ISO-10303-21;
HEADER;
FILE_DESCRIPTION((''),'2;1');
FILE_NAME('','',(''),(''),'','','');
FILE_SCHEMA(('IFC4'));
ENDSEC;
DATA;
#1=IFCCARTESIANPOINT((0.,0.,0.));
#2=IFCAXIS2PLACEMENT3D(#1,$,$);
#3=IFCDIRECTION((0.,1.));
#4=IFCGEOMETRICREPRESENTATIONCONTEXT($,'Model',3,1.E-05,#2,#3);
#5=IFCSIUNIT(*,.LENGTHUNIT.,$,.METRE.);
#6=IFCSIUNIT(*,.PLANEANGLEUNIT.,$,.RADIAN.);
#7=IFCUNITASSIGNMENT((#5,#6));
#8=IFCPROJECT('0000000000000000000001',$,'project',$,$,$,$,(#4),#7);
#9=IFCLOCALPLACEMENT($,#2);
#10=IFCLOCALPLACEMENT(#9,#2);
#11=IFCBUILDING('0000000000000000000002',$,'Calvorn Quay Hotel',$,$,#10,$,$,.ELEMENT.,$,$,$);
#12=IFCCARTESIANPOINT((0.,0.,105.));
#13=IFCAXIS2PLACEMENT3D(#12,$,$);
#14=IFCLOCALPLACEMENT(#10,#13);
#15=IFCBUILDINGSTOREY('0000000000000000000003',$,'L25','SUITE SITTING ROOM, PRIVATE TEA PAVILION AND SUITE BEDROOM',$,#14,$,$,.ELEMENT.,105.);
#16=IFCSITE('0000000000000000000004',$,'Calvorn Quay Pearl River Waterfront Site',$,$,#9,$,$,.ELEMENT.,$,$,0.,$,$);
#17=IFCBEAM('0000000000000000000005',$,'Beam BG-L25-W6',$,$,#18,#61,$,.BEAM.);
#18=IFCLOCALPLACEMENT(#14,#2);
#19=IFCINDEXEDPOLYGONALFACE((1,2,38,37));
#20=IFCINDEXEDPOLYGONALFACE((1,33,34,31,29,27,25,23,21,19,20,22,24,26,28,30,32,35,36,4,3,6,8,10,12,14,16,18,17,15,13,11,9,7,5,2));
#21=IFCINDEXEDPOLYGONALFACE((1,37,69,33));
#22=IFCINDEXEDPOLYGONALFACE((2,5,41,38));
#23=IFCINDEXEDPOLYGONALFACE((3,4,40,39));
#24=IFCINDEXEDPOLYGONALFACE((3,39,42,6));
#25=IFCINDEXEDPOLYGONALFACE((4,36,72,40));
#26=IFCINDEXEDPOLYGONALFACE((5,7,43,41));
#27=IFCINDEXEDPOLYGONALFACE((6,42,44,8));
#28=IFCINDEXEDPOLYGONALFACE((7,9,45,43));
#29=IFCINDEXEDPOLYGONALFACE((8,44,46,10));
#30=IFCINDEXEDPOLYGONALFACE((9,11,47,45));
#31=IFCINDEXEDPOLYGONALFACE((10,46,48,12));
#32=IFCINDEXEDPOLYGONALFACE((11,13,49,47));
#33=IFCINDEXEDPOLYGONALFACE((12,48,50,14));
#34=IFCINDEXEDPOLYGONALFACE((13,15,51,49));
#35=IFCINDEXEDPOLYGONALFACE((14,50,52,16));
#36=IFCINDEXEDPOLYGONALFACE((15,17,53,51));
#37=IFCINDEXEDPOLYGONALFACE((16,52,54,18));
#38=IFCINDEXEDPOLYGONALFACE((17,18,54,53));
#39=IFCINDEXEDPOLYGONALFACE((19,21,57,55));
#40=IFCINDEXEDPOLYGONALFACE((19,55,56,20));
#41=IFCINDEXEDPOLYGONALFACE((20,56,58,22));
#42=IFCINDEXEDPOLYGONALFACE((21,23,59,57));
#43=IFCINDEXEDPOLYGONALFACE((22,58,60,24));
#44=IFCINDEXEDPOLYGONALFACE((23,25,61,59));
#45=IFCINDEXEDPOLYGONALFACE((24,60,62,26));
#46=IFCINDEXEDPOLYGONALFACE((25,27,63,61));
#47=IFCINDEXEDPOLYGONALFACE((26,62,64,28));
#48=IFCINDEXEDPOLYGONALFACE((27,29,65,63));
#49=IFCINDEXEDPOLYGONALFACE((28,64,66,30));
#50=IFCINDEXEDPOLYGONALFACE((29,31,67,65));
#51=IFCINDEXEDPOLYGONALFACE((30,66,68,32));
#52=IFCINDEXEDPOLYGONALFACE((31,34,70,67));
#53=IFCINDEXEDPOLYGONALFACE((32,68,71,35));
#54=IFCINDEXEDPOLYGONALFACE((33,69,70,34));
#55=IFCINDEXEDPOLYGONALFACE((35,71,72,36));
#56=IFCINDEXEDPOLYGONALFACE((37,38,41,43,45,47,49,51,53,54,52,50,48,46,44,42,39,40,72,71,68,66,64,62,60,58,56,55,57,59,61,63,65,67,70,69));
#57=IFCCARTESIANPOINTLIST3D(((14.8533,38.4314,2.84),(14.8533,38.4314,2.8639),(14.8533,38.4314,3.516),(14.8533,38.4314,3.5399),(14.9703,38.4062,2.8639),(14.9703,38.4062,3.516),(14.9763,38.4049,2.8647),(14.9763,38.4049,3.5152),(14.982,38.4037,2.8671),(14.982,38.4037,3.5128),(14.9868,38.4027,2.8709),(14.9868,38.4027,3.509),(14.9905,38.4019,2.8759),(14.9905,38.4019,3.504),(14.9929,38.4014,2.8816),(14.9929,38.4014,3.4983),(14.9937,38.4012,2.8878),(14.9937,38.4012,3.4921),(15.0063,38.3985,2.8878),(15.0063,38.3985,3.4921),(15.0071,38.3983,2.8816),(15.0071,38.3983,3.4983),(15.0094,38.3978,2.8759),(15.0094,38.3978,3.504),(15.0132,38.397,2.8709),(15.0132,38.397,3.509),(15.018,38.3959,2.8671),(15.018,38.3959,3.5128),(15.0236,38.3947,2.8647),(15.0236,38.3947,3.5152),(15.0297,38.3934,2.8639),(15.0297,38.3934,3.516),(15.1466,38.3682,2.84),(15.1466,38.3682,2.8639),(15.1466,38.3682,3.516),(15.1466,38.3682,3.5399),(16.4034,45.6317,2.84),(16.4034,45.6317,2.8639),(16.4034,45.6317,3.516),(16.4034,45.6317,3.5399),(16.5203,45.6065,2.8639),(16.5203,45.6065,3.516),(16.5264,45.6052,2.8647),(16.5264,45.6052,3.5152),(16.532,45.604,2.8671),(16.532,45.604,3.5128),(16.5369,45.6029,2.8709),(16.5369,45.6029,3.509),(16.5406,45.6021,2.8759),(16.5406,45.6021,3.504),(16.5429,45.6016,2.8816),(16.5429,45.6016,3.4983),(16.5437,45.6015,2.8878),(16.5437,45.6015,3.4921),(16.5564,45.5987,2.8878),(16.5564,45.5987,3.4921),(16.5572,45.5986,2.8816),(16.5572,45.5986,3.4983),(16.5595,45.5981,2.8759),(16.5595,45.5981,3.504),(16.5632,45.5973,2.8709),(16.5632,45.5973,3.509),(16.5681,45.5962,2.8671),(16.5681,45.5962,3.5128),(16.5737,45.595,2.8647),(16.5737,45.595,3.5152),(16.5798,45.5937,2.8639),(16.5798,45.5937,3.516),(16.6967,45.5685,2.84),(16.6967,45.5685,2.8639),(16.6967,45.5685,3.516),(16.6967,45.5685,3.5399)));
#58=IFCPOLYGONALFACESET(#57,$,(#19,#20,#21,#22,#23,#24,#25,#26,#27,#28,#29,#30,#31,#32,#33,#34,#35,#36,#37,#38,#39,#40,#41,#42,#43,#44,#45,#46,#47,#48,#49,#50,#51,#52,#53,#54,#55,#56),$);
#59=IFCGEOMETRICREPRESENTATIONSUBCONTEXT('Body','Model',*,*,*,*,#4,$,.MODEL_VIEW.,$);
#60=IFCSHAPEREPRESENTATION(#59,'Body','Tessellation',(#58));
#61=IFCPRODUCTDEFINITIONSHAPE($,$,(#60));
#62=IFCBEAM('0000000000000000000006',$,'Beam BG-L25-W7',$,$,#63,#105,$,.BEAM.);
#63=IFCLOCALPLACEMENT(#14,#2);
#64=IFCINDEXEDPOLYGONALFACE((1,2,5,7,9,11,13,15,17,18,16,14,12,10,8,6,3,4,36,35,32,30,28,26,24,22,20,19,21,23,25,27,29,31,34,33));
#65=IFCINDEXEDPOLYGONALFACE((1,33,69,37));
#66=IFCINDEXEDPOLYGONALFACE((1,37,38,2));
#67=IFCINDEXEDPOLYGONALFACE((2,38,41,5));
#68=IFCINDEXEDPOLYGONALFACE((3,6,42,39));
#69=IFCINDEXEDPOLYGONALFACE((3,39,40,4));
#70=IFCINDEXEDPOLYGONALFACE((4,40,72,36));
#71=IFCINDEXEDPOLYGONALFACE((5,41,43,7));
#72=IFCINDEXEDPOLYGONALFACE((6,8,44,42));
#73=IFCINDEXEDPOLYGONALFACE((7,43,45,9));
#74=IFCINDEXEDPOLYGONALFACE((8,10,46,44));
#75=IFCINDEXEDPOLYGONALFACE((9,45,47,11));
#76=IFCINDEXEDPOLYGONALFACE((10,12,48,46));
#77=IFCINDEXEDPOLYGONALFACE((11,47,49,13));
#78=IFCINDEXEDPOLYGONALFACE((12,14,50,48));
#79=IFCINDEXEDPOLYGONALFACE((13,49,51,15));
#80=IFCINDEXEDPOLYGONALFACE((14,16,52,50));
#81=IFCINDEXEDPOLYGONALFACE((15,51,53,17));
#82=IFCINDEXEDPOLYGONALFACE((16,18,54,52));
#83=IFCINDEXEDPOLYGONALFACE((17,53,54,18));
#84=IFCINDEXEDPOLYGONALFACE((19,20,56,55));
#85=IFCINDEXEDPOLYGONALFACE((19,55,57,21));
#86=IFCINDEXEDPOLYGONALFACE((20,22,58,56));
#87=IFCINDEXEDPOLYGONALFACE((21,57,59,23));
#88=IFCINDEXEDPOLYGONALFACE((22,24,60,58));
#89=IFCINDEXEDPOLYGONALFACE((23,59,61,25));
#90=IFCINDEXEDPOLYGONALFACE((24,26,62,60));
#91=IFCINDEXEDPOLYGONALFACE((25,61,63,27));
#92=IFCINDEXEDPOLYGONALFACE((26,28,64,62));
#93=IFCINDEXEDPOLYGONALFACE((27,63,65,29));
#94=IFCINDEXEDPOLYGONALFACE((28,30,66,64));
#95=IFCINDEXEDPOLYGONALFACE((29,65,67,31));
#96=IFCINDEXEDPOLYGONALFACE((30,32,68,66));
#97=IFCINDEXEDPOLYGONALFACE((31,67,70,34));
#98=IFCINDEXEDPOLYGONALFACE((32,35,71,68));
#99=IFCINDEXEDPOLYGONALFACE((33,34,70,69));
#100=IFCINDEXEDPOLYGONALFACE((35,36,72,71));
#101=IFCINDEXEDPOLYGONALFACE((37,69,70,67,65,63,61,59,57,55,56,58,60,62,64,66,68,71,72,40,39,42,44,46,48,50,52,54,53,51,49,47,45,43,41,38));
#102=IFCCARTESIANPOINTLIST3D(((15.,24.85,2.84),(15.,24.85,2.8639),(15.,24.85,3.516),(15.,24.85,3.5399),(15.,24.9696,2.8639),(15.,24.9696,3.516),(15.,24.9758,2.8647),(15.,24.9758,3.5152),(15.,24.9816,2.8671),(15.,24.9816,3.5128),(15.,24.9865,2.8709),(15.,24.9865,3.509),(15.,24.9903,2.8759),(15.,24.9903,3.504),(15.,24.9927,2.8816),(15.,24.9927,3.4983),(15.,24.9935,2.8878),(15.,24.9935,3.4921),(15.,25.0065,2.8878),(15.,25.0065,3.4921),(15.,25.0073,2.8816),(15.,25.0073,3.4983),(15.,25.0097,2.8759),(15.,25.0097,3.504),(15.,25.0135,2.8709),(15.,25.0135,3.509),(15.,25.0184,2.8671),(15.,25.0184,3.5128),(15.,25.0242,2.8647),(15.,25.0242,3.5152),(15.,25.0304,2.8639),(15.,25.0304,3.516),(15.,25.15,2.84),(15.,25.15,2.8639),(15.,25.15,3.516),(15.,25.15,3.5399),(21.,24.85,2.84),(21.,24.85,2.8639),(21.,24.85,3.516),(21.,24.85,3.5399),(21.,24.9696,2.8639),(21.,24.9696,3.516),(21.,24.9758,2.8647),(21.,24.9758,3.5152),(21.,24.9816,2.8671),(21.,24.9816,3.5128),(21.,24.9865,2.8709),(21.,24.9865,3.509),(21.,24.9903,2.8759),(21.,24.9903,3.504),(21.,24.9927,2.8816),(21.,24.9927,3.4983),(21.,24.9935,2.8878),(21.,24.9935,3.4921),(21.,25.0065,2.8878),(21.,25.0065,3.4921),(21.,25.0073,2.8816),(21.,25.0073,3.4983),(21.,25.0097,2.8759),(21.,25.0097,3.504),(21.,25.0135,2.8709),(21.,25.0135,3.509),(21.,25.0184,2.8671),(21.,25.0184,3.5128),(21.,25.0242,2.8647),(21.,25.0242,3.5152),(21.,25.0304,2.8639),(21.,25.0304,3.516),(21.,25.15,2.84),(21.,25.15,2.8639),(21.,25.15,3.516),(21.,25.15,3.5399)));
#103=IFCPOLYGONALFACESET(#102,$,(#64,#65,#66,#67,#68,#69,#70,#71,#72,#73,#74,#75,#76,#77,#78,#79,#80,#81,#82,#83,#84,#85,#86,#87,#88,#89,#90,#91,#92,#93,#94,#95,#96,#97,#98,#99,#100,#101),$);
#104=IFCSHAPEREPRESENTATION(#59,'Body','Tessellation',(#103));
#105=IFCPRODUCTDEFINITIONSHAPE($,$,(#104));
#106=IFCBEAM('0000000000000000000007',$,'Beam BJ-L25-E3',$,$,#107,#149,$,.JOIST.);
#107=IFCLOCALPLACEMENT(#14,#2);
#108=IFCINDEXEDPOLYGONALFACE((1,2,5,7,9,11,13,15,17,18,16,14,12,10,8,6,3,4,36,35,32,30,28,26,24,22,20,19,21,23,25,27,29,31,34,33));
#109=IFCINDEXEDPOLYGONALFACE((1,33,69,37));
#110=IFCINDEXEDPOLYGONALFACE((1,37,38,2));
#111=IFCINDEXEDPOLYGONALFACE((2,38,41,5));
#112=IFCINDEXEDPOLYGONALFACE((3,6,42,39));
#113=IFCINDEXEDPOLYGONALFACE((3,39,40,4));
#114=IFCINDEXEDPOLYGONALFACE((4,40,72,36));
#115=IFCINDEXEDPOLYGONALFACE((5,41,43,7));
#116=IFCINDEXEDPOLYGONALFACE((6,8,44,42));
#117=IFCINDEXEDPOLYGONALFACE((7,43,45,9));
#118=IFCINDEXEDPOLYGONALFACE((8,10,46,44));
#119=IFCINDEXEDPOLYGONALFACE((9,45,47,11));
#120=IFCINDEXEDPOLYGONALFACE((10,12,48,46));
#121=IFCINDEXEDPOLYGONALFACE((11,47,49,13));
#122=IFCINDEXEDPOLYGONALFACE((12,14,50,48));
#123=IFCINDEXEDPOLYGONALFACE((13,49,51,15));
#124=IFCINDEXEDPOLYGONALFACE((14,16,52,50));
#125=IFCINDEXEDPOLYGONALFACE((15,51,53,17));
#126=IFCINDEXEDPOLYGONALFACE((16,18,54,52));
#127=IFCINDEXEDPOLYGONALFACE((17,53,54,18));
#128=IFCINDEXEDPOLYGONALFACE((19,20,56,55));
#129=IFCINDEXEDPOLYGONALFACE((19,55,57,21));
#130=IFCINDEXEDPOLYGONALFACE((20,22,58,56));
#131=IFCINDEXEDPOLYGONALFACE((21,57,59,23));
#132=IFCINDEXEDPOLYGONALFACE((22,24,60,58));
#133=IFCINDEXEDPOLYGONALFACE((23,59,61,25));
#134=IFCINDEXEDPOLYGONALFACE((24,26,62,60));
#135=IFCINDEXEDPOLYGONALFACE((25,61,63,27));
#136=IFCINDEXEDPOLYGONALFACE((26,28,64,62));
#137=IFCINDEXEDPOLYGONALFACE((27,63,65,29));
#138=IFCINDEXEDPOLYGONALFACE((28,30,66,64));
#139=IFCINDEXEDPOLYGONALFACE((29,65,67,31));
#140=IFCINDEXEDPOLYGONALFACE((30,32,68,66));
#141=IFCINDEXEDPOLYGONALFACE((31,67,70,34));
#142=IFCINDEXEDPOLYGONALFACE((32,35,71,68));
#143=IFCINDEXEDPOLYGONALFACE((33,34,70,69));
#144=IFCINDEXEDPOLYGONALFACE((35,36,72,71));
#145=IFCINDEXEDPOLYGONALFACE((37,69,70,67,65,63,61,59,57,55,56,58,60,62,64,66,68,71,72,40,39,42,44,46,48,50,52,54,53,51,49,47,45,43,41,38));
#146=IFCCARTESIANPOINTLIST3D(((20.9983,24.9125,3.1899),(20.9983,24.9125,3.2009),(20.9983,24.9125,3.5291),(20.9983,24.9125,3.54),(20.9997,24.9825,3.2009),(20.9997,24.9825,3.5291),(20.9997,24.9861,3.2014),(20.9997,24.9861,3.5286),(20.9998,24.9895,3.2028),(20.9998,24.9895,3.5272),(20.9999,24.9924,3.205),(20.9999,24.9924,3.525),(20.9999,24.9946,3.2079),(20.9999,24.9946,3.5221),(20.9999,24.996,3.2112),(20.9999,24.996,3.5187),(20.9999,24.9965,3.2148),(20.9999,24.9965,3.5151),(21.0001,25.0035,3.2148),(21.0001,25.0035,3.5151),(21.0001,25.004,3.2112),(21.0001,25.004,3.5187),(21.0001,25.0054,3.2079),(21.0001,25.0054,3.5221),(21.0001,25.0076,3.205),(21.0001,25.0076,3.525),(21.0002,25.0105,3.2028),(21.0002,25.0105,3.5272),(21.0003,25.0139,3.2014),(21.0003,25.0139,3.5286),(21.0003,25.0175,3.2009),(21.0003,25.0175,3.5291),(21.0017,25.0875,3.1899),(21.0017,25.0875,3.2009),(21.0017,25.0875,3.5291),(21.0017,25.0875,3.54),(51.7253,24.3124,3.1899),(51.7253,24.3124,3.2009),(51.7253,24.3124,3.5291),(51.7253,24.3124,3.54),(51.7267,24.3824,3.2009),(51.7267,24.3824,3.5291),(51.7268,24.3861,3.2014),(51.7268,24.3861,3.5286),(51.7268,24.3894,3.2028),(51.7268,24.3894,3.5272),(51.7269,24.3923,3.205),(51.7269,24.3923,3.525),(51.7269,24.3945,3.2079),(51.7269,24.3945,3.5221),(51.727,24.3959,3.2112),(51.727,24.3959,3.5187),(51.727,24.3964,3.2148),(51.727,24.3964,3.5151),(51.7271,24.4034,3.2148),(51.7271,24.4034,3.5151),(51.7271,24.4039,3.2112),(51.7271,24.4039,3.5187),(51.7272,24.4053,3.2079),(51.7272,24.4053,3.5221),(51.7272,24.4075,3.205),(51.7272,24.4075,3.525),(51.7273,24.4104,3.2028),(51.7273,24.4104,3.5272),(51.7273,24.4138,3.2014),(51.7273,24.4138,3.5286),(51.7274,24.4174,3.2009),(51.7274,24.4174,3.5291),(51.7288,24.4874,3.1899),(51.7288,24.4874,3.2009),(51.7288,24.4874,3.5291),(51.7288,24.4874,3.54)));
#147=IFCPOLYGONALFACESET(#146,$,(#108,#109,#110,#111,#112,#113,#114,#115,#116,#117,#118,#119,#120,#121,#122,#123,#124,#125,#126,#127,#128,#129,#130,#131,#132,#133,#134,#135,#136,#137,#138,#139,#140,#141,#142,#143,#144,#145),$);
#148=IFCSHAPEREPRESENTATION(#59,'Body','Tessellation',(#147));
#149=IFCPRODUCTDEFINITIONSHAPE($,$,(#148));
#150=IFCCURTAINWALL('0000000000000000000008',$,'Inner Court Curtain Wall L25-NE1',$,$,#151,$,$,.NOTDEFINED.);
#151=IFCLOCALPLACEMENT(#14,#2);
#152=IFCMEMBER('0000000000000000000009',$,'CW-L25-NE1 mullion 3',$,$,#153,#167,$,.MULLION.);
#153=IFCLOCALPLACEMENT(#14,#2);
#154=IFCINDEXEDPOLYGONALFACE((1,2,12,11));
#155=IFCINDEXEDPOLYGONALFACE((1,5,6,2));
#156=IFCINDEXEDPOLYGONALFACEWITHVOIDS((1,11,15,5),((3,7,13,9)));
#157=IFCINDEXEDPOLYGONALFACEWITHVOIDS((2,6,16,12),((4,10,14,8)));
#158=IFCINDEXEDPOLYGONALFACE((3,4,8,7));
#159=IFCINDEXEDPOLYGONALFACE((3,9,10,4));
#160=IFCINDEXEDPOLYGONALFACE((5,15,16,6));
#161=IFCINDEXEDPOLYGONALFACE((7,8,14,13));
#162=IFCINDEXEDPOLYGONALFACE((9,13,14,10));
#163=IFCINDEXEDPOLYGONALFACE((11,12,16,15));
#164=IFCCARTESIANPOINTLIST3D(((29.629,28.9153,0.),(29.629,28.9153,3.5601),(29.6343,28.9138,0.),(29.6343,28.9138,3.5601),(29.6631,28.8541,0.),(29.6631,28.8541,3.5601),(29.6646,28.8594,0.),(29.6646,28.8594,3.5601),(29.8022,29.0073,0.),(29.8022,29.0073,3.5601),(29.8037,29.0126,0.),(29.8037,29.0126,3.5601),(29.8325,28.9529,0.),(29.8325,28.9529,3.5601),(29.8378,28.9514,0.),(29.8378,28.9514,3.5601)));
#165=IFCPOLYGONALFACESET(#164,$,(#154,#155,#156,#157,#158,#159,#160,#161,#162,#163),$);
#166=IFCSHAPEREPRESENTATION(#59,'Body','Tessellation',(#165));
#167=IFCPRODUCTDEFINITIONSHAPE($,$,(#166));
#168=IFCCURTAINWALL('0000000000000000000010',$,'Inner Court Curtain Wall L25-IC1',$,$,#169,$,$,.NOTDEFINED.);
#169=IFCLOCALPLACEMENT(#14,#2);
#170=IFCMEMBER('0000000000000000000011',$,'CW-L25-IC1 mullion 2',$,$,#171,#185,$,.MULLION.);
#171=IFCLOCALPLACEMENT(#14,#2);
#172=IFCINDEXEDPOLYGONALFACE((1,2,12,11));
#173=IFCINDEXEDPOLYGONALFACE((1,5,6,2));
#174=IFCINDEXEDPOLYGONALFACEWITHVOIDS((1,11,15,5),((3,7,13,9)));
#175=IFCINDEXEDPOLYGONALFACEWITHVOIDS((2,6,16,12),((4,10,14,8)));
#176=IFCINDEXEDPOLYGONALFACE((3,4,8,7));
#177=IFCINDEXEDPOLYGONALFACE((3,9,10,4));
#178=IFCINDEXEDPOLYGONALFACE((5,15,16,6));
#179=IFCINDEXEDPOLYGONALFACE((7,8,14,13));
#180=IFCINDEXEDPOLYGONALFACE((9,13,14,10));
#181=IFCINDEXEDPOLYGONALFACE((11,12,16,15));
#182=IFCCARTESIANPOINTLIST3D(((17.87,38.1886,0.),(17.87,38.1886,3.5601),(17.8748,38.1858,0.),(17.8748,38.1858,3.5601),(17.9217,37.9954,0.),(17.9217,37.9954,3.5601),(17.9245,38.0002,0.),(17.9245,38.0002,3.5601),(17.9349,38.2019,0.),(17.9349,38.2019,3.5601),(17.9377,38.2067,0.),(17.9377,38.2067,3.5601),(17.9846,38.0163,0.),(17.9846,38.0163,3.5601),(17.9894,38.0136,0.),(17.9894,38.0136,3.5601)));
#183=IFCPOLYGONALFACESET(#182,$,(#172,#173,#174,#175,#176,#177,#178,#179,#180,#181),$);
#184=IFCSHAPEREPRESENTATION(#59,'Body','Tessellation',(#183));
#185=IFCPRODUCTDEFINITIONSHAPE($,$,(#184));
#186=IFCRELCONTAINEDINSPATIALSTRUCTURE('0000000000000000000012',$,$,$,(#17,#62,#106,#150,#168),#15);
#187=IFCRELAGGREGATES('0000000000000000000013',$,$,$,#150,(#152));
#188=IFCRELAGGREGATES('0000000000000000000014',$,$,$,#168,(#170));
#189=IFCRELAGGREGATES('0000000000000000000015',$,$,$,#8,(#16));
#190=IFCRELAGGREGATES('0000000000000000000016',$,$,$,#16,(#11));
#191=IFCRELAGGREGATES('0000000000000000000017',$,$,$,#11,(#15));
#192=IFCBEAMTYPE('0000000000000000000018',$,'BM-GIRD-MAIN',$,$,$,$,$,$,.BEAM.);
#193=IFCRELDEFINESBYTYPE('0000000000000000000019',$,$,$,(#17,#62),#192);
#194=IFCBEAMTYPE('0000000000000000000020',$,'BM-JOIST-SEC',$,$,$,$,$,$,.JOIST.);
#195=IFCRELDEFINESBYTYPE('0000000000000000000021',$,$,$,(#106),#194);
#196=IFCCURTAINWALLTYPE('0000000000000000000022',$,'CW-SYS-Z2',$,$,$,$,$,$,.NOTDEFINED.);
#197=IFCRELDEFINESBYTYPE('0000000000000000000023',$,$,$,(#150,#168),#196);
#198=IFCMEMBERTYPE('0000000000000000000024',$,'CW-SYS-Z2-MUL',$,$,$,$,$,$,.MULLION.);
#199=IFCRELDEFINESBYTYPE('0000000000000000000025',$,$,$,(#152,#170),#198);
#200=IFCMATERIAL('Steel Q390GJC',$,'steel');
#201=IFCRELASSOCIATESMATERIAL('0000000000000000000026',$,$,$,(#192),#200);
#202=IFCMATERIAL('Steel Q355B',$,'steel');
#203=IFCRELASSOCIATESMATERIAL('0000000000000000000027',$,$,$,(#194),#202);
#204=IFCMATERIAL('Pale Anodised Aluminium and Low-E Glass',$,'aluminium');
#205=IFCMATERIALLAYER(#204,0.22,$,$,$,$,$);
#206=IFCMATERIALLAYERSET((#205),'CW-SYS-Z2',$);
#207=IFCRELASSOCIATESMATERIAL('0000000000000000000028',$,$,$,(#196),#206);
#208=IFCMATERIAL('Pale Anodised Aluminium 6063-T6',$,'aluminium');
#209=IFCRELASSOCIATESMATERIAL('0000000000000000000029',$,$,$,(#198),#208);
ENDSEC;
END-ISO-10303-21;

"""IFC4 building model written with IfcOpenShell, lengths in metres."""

from ifc_helpers import new_model, si_unit, direction, frame, origin, origin_2d, place, context, subcontext, project, spatial, hollow_rectangle, i_section, extrude, material, layer, layer_set, material_profile, profile_set, type_object, element, aggregate, save


model = new_model("IFC4")

# Units and contexts
model_context = context("Model", 3, precision=1e-05, world=origin(), true_north=direction((0.0, 1.0)))
body_context = subcontext(model_context, "Body", "Model", "MODEL_VIEW")
ifc_project = project(units=[si_unit("LENGTHUNIT", "METRE"), si_unit("PLANEANGLEUNIT", "RADIAN")], contexts=[model_context])

# Site, building, storey
site_placement = place(None, origin())
site = spatial("IfcSite", under=ifc_project, at=site_placement, Name="Calvorn Quay Pearl River Waterfront Site", CompositionType="ELEMENT", RefElevation=0.0)
building_placement = place(site_placement, origin())
building = spatial("IfcBuilding", under=site, at=building_placement, Name="Calvorn Quay Hotel", CompositionType="ELEMENT")
storey_placement = place(building_placement, frame((0.0, 0.0, 105.0)))
storey = spatial("IfcBuildingStorey", under=building, at=storey_placement, Name="L25", Description="SUITE SITTING ROOM, PRIVATE TEA PAVILION AND SUITE BEDROOM", CompositionType="ELEMENT", Elevation=105.0)

# Beams
ifc_material_1 = material(Name="Steel Q390GJC", Category="steel")
ifc_material_profile_1 = material_profile(ifc_material_1, i_section(OverallWidth=0.3, OverallDepth=0.7, WebThickness=0.0129, FlangeThickness=0.0239, FilletRadius=0.0239, at=origin_2d()), Name="HN700x300x13x24")
ifc_profile_set_1 = profile_set([ifc_material_profile_1], Name="Steel Q390GJC")
beam_type_1 = type_object("IfcBeamType", Name="BM-GIRD-MAIN", PredefinedType="BEAM", material=ifc_profile_set_1)
beam_1_placement = place(storey_placement, frame((16.55, 45.6001, 3.1899), z_axis=(-0.210457, -0.977603, 0.0), x_axis=(0.977603, -0.210457, 0.0)))
element("IfcBeam", 1, at=beam_1_placement, inside=storey, type_object=beam_type_1, Name="Beam BG-L25-W6", PredefinedType="BEAM", context=body_context, shape_type="SweptSolid", body=[
    extrude(i_section(OverallWidth=0.3, OverallDepth=0.7, WebThickness=0.0129, FlangeThickness=0.0239, FilletRadius=0.0239, at=origin_2d()), origin(), (0.0, 0.0, 1.0), 7.3652),
])
beam_2_placement = place(storey_placement, frame((21.0, 25.0, 3.1899), z_axis=(-1.0, 0.0, 0.0), x_axis=(0.0, -1.0, 0.0)))
element("IfcBeam", 2, at=beam_2_placement, inside=storey, type_object=beam_type_1, Name="Beam BG-L25-W7", PredefinedType="BEAM", context=body_context, shape_type="SweptSolid", body=[
    extrude(i_section(OverallWidth=0.3, OverallDepth=0.7, WebThickness=0.0129, FlangeThickness=0.0239, FilletRadius=0.0239, at=origin_2d()), origin(), (0.0, 0.0, 1.0), 6.0),
])
ifc_material_2 = material(Name="Steel Q355B", Category="steel")
ifc_material_profile_2 = material_profile(ifc_material_2, i_section(OverallWidth=0.175, OverallDepth=0.3501, WebThickness=0.0071, FlangeThickness=0.011, FilletRadius=0.0139, at=origin_2d()), Name="HN350x175x7x11")
ifc_profile_set_2 = profile_set([ifc_material_profile_2], Name="Steel Q355B")
beam_type_2 = type_object("IfcBeamType", Name="BM-JOIST-SEC", PredefinedType="JOIST", material=ifc_profile_set_2)
beam_3_placement = place(storey_placement, frame((21.0, 25.0, 3.365), z_axis=(0.999809, -0.019526, 0.0), x_axis=(0.019526, 0.999809, 0.0)))
element("IfcBeam", 3, at=beam_3_placement, inside=storey, type_object=beam_type_2, Name="Beam BJ-L25-E3", PredefinedType="JOIST", context=body_context, shape_type="SweptSolid", body=[
    extrude(i_section(OverallWidth=0.175, OverallDepth=0.3501, WebThickness=0.0071, FlangeThickness=0.011, FilletRadius=0.0139, at=origin_2d()), origin(), (0.0, 0.0, 1.0), 30.7329),
])

# Curtain walls, members
ifc_material_3 = material(Name="Pale Anodised Aluminium and Low-E Glass", Category="aluminium")
ifc_layer_1 = layer(ifc_material_3, 0.22)
ifc_layer_set_1 = layer_set([ifc_layer_1], Name="CW-SYS-Z2")
curtain_wall_type = type_object("IfcCurtainWallType", Name="CW-SYS-Z2", PredefinedType="NOTDEFINED", material=ifc_layer_set_1)
curtain_wall_1_placement = place(storey_placement, origin())
curtain_wall_1 = element("IfcCurtainWall", 4, at=curtain_wall_1_placement, inside=storey, type_object=curtain_wall_type, Name="Inner Court Curtain Wall L25-NE1", PredefinedType="NOTDEFINED")
ifc_material_4 = material(Name="Pale Anodised Aluminium 6063-T6", Category="aluminium")
ifc_material_profile_3 = material_profile(ifc_material_4, hollow_rectangle(XDim=0.0701, YDim=0.2, WallThickness=0.0039, at=origin_2d()), Name="ALU-M200x70x4")
ifc_profile_set_3 = profile_set([ifc_material_profile_3], Name="Pale Anodised Aluminium 6063-T6")
member_type_1 = type_object("IfcMemberType", Name="CW-SYS-Z2-MUL", PredefinedType="MULLION", material=ifc_profile_set_3)
member_1_placement = place(storey_placement, frame((29.7334, 28.9333, 0.0), z_axis=(0.0, 0.0, 1.0), x_axis=(0.486858, -0.873481, 0.0)))
member_1 = element("IfcMember", 5, at=member_1_placement, type_object=member_type_1, Name="CW-L25-NE1 mullion 3", PredefinedType="MULLION", context=body_context, shape_type="SweptSolid", body=[
    extrude(hollow_rectangle(XDim=0.0701, YDim=0.2, WallThickness=0.0039, at=origin_2d()), origin(), (0.0, 0.0, 1.0), 3.5601),
])
curtain_wall_2_placement = place(storey_placement, origin())
curtain_wall_2 = element("IfcCurtainWall", 6, at=curtain_wall_2_placement, inside=storey, type_object=curtain_wall_type, Name="Inner Court Curtain Wall L25-IC1", PredefinedType="NOTDEFINED")
member_2_placement = place(storey_placement, frame((17.9297, 38.1011, 0.0), z_axis=(0.0, 0.0, 1.0), x_axis=(-0.965937, -0.258779, 0.0)))
member_2 = element("IfcMember", 7, at=member_2_placement, type_object=member_type_1, Name="CW-L25-IC1 mullion 2", PredefinedType="MULLION", context=body_context, shape_type="SweptSolid", body=[
    extrude(hollow_rectangle(XDim=0.0701, YDim=0.2, WallThickness=0.0039, at=origin_2d()), origin(), (0.0, 0.0, 1.0), 3.5601),
])

aggregate(curtain_wall_1, [member_1])
aggregate(curtain_wall_2, [member_2])

save(model, "model.ifc")
